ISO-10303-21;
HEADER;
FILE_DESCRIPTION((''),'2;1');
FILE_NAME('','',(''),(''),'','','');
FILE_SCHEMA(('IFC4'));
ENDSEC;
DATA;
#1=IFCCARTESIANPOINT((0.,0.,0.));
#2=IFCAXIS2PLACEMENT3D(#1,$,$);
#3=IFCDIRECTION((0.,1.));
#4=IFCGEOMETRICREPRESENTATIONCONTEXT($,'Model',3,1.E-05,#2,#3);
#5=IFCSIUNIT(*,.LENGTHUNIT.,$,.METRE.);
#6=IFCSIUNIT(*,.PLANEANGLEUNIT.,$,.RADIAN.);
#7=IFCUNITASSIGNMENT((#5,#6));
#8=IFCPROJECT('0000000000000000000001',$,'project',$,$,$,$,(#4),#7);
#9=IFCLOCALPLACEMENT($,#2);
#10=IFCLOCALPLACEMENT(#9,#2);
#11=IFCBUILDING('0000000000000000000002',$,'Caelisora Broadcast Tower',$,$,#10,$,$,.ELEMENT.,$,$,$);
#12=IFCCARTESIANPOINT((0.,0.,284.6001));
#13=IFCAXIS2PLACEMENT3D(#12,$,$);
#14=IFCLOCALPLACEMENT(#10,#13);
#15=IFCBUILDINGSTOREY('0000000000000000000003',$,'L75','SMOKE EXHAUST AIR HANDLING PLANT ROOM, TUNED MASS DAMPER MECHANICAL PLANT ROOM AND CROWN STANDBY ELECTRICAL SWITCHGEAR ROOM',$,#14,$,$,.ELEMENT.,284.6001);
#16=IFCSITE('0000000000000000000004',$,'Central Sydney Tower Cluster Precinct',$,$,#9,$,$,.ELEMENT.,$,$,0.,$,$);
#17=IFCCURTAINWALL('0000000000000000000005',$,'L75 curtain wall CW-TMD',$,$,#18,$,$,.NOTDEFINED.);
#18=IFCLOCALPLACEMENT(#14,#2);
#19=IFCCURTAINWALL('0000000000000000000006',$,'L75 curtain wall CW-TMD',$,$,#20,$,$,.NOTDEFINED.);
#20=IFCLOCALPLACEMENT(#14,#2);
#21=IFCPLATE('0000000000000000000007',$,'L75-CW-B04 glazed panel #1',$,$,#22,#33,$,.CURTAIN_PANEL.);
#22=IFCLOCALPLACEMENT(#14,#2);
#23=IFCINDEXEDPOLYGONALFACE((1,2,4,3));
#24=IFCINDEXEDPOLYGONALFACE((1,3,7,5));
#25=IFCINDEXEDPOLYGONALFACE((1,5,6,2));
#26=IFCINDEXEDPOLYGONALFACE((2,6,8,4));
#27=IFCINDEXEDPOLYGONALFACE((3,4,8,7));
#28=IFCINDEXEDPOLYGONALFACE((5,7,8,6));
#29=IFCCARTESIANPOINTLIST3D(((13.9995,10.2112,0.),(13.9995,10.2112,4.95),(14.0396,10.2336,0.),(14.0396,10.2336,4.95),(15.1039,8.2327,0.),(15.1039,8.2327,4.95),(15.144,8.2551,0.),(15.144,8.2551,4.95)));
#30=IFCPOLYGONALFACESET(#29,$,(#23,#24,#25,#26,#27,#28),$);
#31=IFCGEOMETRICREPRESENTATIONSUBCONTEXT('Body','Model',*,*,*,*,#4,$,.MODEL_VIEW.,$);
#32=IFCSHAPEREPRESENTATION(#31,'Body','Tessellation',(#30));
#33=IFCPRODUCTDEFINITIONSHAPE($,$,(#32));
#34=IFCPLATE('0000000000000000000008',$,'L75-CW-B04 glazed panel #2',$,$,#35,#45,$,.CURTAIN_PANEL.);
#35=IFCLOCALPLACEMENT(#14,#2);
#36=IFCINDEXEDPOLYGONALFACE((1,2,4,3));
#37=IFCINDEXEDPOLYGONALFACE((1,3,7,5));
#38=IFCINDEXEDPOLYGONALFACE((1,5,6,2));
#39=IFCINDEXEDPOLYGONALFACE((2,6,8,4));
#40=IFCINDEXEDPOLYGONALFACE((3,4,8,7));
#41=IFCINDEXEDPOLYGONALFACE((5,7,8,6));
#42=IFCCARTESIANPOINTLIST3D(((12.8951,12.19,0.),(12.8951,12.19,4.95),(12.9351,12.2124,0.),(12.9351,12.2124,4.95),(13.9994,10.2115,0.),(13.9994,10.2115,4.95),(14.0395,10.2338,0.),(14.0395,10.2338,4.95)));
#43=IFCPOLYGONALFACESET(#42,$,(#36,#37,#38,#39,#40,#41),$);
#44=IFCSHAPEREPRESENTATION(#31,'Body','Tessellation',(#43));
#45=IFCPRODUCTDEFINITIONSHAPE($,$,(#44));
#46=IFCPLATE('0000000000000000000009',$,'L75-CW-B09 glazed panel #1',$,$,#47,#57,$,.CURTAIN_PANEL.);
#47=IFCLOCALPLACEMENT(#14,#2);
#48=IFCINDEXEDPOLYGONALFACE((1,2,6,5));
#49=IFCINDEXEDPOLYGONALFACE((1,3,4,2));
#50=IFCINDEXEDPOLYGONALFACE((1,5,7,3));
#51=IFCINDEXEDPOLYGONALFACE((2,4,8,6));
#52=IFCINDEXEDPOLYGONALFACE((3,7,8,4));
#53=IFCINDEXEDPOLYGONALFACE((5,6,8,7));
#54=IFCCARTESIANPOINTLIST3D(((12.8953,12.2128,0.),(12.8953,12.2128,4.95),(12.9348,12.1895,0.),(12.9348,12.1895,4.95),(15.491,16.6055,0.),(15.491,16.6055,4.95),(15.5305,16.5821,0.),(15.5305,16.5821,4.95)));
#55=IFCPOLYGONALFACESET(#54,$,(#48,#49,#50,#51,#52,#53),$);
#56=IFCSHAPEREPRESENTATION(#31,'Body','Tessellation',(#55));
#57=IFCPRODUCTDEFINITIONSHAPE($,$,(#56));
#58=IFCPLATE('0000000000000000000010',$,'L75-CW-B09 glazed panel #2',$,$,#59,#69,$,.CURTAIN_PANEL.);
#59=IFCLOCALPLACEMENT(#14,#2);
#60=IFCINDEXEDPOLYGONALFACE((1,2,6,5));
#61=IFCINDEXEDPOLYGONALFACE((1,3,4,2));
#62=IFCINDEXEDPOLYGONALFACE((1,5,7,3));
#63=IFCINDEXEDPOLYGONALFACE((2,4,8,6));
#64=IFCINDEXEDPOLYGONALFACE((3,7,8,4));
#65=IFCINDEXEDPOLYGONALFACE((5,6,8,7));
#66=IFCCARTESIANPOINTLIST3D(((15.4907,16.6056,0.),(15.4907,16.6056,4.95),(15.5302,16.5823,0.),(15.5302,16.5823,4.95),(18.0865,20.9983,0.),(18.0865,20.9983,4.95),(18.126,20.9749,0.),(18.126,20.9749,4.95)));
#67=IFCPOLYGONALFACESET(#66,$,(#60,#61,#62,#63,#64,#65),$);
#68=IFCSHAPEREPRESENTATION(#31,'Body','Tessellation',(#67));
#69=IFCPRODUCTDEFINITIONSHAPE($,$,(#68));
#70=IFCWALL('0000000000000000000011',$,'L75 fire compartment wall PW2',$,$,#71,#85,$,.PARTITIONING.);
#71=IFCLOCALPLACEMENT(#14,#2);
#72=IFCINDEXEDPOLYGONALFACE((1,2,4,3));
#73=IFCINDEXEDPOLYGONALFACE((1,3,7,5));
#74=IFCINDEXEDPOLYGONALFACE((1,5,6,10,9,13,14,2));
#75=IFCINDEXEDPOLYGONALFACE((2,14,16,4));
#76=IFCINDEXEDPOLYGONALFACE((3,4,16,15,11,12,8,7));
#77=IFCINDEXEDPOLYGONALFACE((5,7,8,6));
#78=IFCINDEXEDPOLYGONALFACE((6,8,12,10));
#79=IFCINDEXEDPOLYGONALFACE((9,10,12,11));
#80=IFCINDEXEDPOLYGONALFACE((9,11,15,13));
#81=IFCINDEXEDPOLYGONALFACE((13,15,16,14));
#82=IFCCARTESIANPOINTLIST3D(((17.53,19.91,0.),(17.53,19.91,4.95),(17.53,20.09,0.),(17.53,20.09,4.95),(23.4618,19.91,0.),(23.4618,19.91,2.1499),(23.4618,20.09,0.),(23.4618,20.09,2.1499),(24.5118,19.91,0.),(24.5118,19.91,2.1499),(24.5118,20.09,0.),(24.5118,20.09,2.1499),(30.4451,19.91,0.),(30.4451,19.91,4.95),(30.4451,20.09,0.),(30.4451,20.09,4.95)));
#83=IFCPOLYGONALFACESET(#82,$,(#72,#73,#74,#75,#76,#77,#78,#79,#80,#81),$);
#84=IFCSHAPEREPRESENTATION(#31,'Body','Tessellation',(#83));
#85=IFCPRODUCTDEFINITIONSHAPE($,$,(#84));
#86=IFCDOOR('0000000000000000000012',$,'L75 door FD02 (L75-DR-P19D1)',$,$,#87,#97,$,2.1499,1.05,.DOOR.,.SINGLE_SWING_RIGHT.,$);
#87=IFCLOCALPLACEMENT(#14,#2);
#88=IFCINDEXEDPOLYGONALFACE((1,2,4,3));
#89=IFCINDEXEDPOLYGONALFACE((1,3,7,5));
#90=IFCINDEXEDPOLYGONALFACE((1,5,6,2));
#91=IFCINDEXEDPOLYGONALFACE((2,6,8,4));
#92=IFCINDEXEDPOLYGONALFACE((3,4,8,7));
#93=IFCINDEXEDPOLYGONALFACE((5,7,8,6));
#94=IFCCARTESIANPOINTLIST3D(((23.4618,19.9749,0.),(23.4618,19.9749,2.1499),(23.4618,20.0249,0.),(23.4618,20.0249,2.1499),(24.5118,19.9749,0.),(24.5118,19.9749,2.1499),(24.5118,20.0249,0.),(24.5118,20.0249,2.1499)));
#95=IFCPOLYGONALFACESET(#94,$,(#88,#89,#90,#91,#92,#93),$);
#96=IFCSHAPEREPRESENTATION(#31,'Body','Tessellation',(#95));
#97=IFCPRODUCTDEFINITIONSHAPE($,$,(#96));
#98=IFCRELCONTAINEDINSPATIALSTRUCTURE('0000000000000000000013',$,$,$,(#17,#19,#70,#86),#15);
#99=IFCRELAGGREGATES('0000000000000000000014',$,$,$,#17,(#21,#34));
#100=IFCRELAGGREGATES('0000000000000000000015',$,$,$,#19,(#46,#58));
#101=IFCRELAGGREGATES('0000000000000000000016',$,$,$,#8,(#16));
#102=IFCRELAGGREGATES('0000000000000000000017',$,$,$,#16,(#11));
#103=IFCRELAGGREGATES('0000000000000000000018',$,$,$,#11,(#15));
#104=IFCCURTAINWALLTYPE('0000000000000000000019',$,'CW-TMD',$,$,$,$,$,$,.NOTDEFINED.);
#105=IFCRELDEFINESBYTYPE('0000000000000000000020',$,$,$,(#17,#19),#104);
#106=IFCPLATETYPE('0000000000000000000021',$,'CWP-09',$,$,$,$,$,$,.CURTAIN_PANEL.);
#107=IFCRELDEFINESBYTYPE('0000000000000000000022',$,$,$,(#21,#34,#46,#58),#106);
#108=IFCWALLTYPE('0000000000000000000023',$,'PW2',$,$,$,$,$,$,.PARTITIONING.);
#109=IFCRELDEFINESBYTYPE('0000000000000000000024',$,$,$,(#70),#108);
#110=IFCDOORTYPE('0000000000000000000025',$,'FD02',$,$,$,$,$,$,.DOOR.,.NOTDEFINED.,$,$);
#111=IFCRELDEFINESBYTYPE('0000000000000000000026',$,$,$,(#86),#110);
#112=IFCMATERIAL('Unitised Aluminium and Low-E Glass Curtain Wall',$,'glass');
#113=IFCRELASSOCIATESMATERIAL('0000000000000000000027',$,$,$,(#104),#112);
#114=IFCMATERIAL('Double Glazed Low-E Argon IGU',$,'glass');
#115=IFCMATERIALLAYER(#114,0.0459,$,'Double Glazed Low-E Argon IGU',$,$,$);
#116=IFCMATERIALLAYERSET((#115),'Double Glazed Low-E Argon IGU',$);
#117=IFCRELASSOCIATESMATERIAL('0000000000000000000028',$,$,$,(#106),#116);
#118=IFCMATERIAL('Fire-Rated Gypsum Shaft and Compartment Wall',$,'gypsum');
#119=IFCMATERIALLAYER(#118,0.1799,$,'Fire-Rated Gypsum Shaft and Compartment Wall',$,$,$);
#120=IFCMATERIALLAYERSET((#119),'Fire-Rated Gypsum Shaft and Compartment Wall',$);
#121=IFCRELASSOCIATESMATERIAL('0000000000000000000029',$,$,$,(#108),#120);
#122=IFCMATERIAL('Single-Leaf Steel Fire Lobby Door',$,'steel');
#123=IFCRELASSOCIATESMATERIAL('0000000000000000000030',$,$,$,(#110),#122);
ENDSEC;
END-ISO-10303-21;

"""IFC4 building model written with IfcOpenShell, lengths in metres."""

from ifc_helpers import new_model, si_unit, direction, frame, frame_2d, origin, origin_2d, place, context, subcontext, project, spatial, rectangle, extrude, source, transform, mapped, material, layer, layer_set, type_object, element, fill, aggregate, save


model = new_model("IFC4")

# Units and contexts
model_context = context("Model", 3, precision=1e-05, world=origin(), true_north=direction((0.0, 1.0)))
body_context = subcontext(model_context, "Body", "Model", "MODEL_VIEW")
ifc_project = project(units=[si_unit("LENGTHUNIT", "METRE"), si_unit("PLANEANGLEUNIT", "RADIAN")], contexts=[model_context])

# Site, building, storey
site_placement = place(None, origin())
site = spatial("IfcSite", under=ifc_project, at=site_placement, Name="Central Sydney Tower Cluster Precinct", CompositionType="ELEMENT", RefElevation=0.0)
building_placement = place(site_placement, origin())
building = spatial("IfcBuilding", under=site, at=building_placement, Name="Caelisora Broadcast Tower", CompositionType="ELEMENT")
storey_placement = place(building_placement, frame((0.0, 0.0, 284.6001)))
storey = spatial("IfcBuildingStorey", under=building, at=storey_placement, Name="L75", Description="SMOKE EXHAUST AIR HANDLING PLANT ROOM, TUNED MASS DAMPER MECHANICAL PLANT ROOM AND CROWN STANDBY ELECTRICAL SWITCHGEAR ROOM", CompositionType="ELEMENT", Elevation=284.6001)

# Shared definitions
ifc_material_1 = material(Name="Unitised Aluminium and Low-E Glass Curtain Wall", Category="glass")
curtain_wall_type = type_object("IfcCurtainWallType", Name="CW-TMD", PredefinedType="NOTDEFINED", material=ifc_material_1)

# Curtain walls
curtain_wall_1_placement = place(storey_placement, origin())
curtain_wall_1 = element("IfcCurtainWall", 1, at=curtain_wall_1_placement, inside=storey, type_object=curtain_wall_type, Name="L75 curtain wall CW-TMD", PredefinedType="NOTDEFINED")
curtain_wall_2_placement = place(storey_placement, origin())
curtain_wall_2 = element("IfcCurtainWall", 2, at=curtain_wall_2_placement, inside=storey, type_object=curtain_wall_type, Name="L75 curtain wall CW-TMD", PredefinedType="NOTDEFINED")

# Plates
ifc_material_2 = material(Name="Double Glazed Low-E Argon IGU", Category="glass")
ifc_layer_1 = layer(ifc_material_2, 0.0459, Name="Double Glazed Low-E Argon IGU")
ifc_layer_set_1 = layer_set([ifc_layer_1], Name="Double Glazed Low-E Argon IGU")
plate_type_1 = type_object("IfcPlateType", Name="CWP-09", PredefinedType="CURTAIN_PANEL", material=ifc_layer_set_1)
shared_shape_1 = source(origin(), body_context, "Body", "SweptSolid", [
    extrude(rectangle(XDim=2.2659, YDim=0.0459, at=origin_2d()), origin(), (0.0, 0.0, 1.0), 4.95),
])
plate_1_placement = place(storey_placement, frame((14.5718, 9.2332, 0.0), z_axis=(0.0, 0.0, 1.0), x_axis=(-0.487403, 0.873177, 0.0)))
plate_1 = element("IfcPlate", 3, at=plate_1_placement, type_object=plate_type_1, Name="L75-CW-B04 glazed panel #1", PredefinedType="CURTAIN_PANEL", context=body_context, shape_type="MappedRepresentation", body=[
    mapped(shared_shape_1, transform((0.0, 0.0, 0.0), scale=1.0)),
])
plate_2_placement = place(storey_placement, frame((13.4673, 11.2119, 0.0), z_axis=(0.0, 0.0, 1.0), x_axis=(-0.487403, 0.873177, 0.0)))
plate_2 = element("IfcPlate", 4, at=plate_2_placement, type_object=plate_type_1, Name="L75-CW-B04 glazed panel #2", PredefinedType="CURTAIN_PANEL", context=body_context, shape_type="MappedRepresentation", body=[
    mapped(shared_shape_1, transform((0.0, 0.0, 0.0), scale=1.0)),
])
aggregate(curtain_wall_1, [plate_1, plate_2])
shared_shape_2 = source(origin(), body_context, "Body", "SweptSolid", [
    extrude(rectangle(XDim=5.1023, YDim=0.0459, at=origin_2d()), origin(), (0.0, 0.0, 1.0), 4.95),
])
plate_3_placement = place(storey_placement, frame((14.2129, 14.3975, 0.0), z_axis=(0.0, 0.0, 1.0), x_axis=(0.508741, 0.86092, 0.0)))
plate_3 = element("IfcPlate", 5, at=plate_3_placement, type_object=plate_type_1, Name="L75-CW-B09 glazed panel #1", PredefinedType="CURTAIN_PANEL", context=body_context, shape_type="MappedRepresentation", body=[
    mapped(shared_shape_2, transform((0.0, 0.0, 0.0), scale=1.0)),
])
plate_4_placement = place(storey_placement, frame((16.8083, 18.7903, 0.0), z_axis=(0.0, 0.0, 1.0), x_axis=(0.508741, 0.86092, 0.0)))
plate_4 = element("IfcPlate", 6, at=plate_4_placement, type_object=plate_type_1, Name="L75-CW-B09 glazed panel #2", PredefinedType="CURTAIN_PANEL", context=body_context, shape_type="MappedRepresentation", body=[
    mapped(shared_shape_2, transform((0.0, 0.0, 0.0), scale=1.0)),
])
aggregate(curtain_wall_2, [plate_3, plate_4])

# Wall, opening, door
ifc_material_3 = material(Name="Fire-Rated Gypsum Shaft and Compartment Wall", Category="gypsum")
ifc_layer_2 = layer(ifc_material_3, 0.1799, Name="Fire-Rated Gypsum Shaft and Compartment Wall")
ifc_layer_set_2 = layer_set([ifc_layer_2], Name="Fire-Rated Gypsum Shaft and Compartment Wall")
wall_type = type_object("IfcWallType", Name="PW2", PredefinedType="PARTITIONING", material=ifc_layer_set_2)
wall_placement = place(storey_placement, frame((17.53, 20.0, 0.0), z_axis=(0.0, 0.0, 1.0), x_axis=(1.0, 0.0, 0.0)))
wall = element("IfcWall", 7, at=wall_placement, inside=storey, type_object=wall_type, Name="L75 fire compartment wall PW2", PredefinedType="PARTITIONING", context=body_context, shape_type="SweptSolid", body=[
    extrude(rectangle(XDim=12.915, YDim=0.1799, at=frame_2d((6.4575, 0.0))), origin(), (0.0, 0.0, 1.0), 4.95),
])
opening_placement = place(wall_placement, frame((5.9319, 0.0, 0.0)))
opening = element("IfcOpeningElement", 8, at=opening_placement, cuts=wall, PredefinedType="OPENING", context=body_context, shape_type="SweptSolid", body=[
    extrude(rectangle(XDim=1.05, YDim=2.1499, at=frame_2d((0.5249, 1.075))), frame((0.0, 0.1021, 0.0), z_axis=(0.0, -1.0, 0.0), x_axis=(1.0, 0.0, 0.0)), (0.0, 0.0, 1.0), 0.2039),
])
ifc_material_4 = material(Name="Single-Leaf Steel Fire Lobby Door", Category="steel")
door_type = type_object("IfcDoorType", Name="FD02", OperationType="NOTDEFINED", PredefinedType="DOOR", material=ifc_material_4)
door_placement = place(opening_placement, origin())
door = element("IfcDoor", 9, at=door_placement, inside=storey, type_object=door_type, Name="L75 door FD02 (L75-DR-P19D1)", OperationType="SINGLE_SWING_RIGHT", OverallHeight=2.1499, OverallWidth=1.05, PredefinedType="DOOR", context=body_context, shape_type="SweptSolid", body=[
    extrude(rectangle(XDim=1.05, YDim=2.1499, at=frame_2d((0.5249, 1.075))), frame((0.0, 0.0249, 0.0), z_axis=(0.0, -1.0, 0.0), x_axis=(1.0, 0.0, 0.0)), (0.0, 0.0, 1.0), 0.05),
])
fill(opening, door)

save(model, "model.ifc")
